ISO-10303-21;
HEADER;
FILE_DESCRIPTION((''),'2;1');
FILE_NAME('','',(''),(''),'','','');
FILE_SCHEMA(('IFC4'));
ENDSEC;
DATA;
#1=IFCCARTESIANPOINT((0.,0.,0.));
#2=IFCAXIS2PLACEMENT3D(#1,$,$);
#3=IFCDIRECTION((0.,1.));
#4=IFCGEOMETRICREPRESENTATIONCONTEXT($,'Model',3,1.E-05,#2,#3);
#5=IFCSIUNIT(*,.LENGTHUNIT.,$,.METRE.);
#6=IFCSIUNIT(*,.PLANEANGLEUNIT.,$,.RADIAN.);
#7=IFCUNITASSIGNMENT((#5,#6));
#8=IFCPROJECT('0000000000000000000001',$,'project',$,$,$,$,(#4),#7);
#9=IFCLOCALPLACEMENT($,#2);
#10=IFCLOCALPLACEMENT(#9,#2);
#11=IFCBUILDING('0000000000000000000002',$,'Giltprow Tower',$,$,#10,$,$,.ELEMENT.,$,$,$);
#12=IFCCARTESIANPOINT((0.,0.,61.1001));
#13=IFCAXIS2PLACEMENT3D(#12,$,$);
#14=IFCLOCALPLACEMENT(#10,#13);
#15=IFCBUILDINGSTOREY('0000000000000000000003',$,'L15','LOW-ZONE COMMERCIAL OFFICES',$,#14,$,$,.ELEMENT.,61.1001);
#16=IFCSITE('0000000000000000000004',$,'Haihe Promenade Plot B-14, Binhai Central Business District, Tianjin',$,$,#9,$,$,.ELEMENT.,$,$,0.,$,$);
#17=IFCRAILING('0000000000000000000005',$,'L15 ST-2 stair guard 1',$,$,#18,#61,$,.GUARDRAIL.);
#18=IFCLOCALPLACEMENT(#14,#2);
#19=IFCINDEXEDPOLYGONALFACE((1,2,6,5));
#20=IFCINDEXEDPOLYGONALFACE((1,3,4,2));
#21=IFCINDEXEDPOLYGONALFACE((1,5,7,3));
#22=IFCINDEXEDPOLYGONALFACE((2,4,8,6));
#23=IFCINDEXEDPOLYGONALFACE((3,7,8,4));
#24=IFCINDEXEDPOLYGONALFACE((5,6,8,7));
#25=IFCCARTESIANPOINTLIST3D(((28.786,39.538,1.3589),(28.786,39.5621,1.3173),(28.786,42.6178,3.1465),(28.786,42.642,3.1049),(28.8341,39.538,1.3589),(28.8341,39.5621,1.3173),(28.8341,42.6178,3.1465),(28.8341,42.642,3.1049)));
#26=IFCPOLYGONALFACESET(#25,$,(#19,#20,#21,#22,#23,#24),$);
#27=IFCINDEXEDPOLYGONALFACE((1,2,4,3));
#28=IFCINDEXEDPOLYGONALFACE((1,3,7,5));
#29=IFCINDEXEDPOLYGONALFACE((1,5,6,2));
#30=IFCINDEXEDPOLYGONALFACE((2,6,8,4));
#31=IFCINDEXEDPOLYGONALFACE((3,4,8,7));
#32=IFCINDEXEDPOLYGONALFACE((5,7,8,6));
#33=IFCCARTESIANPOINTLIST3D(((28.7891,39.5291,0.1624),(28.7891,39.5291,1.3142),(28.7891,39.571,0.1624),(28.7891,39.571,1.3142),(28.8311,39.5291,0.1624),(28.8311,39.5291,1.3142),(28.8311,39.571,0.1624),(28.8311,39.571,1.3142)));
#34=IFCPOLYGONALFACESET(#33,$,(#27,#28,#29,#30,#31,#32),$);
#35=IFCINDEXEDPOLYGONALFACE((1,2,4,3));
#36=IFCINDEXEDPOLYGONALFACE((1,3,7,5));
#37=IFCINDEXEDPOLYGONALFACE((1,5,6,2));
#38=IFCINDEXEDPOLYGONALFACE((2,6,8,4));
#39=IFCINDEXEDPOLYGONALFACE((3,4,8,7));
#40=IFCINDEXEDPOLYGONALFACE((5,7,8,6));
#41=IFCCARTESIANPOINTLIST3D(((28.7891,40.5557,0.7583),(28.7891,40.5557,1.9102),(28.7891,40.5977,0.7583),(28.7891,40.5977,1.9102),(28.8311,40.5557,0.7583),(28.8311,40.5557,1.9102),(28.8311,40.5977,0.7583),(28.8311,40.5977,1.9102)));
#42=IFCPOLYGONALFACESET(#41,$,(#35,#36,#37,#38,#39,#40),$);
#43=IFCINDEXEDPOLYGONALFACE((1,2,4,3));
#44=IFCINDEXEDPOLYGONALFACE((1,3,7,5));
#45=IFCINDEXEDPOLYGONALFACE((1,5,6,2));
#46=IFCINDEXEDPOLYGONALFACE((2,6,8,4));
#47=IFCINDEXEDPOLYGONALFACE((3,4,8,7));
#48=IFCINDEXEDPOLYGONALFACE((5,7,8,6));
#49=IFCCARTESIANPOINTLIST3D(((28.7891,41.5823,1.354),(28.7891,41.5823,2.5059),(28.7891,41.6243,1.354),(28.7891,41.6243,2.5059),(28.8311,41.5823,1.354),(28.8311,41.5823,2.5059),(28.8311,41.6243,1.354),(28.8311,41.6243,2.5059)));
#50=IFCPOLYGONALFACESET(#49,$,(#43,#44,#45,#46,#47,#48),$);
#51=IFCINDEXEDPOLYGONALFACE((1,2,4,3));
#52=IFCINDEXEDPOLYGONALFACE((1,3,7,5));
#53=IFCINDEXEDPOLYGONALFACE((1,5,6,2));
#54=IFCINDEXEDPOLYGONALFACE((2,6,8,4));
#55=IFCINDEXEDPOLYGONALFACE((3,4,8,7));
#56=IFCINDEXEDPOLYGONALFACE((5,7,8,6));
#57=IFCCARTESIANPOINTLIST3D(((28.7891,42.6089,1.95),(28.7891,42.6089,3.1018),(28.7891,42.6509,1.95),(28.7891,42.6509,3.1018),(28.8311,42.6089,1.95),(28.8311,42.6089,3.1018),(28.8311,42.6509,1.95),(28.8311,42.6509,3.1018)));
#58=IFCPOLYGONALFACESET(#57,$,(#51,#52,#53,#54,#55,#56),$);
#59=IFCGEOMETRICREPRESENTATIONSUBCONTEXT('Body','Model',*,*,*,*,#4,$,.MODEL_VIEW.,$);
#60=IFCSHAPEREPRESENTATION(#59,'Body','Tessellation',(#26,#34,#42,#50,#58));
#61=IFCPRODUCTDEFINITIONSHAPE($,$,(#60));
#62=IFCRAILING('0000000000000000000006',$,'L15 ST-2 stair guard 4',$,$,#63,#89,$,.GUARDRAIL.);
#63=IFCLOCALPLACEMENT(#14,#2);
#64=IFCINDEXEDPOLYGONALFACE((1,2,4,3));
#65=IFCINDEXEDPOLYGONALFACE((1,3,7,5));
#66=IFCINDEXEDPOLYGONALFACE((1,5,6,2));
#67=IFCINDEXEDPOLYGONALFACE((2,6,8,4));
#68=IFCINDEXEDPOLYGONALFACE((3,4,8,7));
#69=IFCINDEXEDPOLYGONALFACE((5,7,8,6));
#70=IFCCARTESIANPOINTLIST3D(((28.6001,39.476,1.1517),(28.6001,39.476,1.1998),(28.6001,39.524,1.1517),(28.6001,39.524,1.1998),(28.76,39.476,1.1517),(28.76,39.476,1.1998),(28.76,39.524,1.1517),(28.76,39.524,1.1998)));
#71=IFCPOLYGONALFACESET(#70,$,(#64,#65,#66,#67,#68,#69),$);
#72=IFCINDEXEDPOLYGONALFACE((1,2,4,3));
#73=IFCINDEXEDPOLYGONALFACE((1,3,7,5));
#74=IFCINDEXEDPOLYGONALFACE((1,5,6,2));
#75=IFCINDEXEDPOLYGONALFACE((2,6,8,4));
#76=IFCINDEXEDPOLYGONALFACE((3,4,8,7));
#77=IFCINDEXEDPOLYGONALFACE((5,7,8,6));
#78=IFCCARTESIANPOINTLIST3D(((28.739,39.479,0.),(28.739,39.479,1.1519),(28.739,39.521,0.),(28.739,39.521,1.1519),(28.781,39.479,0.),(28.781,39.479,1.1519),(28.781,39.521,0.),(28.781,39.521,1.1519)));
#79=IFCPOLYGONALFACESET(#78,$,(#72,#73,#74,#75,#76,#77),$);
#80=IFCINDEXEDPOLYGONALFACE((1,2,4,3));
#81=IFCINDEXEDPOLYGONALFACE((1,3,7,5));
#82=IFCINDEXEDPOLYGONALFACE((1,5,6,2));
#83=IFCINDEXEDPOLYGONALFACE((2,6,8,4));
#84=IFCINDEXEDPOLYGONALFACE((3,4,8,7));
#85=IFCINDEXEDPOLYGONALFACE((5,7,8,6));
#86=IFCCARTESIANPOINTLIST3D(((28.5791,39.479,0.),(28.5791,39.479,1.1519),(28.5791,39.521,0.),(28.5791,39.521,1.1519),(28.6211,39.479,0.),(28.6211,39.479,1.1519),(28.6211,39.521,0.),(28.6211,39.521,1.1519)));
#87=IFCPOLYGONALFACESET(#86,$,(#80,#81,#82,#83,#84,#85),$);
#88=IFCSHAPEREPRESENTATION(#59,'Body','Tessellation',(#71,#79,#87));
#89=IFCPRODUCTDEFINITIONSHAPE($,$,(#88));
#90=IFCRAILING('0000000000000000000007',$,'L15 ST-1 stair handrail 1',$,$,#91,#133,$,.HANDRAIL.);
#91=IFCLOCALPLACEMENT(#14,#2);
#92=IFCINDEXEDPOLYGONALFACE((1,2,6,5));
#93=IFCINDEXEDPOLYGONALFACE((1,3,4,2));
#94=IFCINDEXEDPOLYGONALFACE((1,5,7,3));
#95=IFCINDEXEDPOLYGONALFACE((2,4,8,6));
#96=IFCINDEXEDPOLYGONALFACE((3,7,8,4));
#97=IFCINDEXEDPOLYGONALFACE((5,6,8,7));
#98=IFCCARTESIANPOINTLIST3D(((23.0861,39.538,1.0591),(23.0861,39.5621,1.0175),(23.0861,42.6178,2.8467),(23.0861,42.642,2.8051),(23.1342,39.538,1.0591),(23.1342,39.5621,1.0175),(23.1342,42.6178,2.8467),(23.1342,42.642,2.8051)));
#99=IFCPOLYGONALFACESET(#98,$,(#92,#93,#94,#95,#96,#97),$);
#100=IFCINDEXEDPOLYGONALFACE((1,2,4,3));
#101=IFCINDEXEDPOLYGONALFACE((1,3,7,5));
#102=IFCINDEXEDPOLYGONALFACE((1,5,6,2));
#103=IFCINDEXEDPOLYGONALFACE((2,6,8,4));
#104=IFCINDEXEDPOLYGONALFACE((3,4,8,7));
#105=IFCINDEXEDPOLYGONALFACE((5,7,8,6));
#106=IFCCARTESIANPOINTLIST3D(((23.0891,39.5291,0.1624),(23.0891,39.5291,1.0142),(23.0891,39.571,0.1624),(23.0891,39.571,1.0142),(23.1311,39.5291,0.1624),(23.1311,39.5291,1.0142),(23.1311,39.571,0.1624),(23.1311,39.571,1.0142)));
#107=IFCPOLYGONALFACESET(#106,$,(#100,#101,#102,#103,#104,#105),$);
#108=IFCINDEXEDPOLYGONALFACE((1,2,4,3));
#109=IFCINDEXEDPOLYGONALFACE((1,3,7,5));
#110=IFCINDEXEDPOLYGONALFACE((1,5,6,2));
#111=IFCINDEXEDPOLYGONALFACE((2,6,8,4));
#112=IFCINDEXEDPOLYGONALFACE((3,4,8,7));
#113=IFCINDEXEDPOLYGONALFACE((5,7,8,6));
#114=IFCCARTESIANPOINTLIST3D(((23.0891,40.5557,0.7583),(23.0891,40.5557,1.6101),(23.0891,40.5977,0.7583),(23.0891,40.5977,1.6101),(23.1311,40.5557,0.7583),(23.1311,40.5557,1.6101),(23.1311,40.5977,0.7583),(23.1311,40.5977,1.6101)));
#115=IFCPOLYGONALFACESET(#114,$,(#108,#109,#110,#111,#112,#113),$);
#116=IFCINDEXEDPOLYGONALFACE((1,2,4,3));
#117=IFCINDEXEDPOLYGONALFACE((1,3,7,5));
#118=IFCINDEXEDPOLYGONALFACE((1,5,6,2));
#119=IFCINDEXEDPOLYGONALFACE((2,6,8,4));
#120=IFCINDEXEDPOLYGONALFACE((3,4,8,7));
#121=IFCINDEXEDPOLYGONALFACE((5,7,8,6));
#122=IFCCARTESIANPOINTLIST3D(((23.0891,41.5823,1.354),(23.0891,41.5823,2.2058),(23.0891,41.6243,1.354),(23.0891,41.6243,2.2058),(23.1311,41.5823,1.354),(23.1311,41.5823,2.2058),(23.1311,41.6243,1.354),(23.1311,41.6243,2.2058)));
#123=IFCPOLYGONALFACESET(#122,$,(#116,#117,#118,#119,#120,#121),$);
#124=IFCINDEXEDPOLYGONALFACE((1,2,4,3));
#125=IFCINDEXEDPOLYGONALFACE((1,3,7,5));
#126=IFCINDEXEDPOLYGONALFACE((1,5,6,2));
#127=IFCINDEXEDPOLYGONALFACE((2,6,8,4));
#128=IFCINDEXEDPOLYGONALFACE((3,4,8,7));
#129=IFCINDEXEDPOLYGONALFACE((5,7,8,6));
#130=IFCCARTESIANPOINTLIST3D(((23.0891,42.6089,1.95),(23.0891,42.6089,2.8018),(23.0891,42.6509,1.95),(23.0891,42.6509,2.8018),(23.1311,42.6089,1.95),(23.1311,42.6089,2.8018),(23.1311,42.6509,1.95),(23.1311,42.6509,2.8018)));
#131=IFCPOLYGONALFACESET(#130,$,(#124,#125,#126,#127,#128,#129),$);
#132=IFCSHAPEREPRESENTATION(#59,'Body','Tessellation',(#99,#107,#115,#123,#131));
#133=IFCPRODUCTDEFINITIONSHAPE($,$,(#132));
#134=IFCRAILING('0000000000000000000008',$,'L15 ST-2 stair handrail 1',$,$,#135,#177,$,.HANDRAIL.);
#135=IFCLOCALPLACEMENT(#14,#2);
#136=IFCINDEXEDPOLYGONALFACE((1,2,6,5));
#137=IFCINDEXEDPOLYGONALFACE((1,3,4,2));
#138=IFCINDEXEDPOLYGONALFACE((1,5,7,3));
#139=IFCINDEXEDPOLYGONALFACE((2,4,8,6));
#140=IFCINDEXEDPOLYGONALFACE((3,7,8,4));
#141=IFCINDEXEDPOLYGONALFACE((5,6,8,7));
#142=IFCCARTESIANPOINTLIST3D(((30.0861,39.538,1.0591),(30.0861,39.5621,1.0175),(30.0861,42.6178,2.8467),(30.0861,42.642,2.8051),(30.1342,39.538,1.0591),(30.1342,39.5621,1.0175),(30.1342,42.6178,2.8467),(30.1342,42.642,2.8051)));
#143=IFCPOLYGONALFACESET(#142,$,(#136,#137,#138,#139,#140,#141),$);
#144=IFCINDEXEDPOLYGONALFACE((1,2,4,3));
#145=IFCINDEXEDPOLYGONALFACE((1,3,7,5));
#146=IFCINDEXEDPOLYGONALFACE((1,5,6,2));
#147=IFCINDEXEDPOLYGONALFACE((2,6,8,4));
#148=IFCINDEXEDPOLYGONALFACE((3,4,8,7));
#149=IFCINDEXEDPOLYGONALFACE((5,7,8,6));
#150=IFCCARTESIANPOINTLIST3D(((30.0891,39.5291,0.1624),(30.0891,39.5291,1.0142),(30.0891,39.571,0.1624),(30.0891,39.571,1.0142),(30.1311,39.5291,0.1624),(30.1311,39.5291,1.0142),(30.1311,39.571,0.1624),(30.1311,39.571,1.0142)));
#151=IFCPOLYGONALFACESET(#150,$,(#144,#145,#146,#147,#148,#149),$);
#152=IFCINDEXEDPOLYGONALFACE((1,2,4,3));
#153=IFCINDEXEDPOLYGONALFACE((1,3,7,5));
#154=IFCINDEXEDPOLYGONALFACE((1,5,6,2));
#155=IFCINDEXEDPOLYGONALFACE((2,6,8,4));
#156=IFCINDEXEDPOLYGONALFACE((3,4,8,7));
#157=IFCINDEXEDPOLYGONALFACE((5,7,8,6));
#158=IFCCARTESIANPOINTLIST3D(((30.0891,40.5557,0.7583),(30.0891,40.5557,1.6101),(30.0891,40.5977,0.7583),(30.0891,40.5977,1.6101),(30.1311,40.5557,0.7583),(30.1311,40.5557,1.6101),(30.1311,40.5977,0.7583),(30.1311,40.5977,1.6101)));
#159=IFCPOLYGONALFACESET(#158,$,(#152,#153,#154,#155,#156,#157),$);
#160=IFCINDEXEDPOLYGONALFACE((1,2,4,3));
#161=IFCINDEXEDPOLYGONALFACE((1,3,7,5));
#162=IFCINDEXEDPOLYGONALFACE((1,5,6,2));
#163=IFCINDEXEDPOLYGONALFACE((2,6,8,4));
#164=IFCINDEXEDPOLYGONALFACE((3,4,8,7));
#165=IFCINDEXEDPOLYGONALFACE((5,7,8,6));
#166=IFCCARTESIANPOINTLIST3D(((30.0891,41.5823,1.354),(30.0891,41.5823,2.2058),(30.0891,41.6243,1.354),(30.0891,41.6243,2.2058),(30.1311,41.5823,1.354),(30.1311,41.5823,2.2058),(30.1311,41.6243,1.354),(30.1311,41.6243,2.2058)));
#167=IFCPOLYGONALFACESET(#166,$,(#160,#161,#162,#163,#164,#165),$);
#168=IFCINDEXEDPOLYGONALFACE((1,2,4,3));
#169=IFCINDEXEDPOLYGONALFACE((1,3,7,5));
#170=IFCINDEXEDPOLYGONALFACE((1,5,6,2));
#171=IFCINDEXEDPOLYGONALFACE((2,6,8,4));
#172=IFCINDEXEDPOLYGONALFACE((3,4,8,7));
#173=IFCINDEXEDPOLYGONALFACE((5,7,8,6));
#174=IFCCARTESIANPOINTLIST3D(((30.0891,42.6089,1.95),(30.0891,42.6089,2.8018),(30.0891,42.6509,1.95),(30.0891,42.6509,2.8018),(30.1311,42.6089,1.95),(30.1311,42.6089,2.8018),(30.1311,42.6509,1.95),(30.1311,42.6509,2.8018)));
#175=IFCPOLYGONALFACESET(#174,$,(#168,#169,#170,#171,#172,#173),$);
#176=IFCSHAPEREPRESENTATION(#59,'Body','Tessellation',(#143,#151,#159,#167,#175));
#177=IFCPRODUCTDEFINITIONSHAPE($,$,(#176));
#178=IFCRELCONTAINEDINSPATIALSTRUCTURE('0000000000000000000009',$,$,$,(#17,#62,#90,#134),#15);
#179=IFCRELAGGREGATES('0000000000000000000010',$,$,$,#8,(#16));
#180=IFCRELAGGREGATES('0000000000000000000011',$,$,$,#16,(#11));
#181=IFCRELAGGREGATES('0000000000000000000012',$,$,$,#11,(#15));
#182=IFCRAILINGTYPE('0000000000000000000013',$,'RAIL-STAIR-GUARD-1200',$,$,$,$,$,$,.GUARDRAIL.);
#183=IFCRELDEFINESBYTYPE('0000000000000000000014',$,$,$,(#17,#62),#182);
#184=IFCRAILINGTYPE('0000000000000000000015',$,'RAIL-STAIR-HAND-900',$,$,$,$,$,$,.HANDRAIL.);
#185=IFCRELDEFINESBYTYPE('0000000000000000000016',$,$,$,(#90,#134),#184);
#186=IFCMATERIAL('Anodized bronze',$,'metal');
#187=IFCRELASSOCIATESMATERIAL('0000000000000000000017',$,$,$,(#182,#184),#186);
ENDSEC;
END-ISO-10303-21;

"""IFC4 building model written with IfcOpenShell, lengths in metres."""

from ifc_helpers import new_model, si_unit, direction, frame, origin, origin_2d, place, context, subcontext, project, spatial, rectangle, extrude, material, type_object, element, save


model = new_model("IFC4")

# Units and contexts
model_context = context("Model", 3, precision=1e-05, world=origin(), true_north=direction((0.0, 1.0)))
body_context = subcontext(model_context, "Body", "Model", "MODEL_VIEW")
ifc_project = project(units=[si_unit("LENGTHUNIT", "METRE"), si_unit("PLANEANGLEUNIT", "RADIAN")], contexts=[model_context])

# Site, building, storey
site_placement = place(None, origin())
site = spatial("IfcSite", under=ifc_project, at=site_placement, Name="Haihe Promenade Plot B-14, Binhai Central Business District, Tianjin", CompositionType="ELEMENT", RefElevation=0.0)
building_placement = place(site_placement, origin())
building = spatial("IfcBuilding", under=site, at=building_placement, Name="Giltprow Tower", CompositionType="ELEMENT")
storey_placement = place(building_placement, frame((0.0, 0.0, 61.1001)))
storey = spatial("IfcBuildingStorey", under=building, at=storey_placement, Name="L15", Description="LOW-ZONE COMMERCIAL OFFICES", CompositionType="ELEMENT", Elevation=61.1001)

# Railings
ifc_material_1 = material(Name="Anodized bronze", Category="metal")
railing_type_1 = type_object("IfcRailingType", Name="RAIL-STAIR-GUARD-1200", PredefinedType="GUARDRAIL", material=ifc_material_1)
railing_1_placement = place(storey_placement, frame((28.8101, 39.55, 0.1624)))
element("IfcRailing", 1, at=railing_1_placement, inside=storey, type_object=railing_type_1, Name="L15 ST-2 stair guard 1", PredefinedType="GUARDRAIL", context=body_context, shape_type="SweptSolid", body=[
    extrude(rectangle(XDim=0.0481, YDim=0.0481, at=origin_2d()), frame((0.0, 0.0, 1.1758), z_axis=(0.0, 0.864873, 0.50199), x_axis=(-1.0, 0.0, 0.0)), (0.0, 0.0, 1.0), 3.561),
    extrude(rectangle(XDim=0.042, YDim=0.042, at=origin_2d()), origin(), (0.0, 0.0, 1.0), 1.1519),
    extrude(rectangle(XDim=0.042, YDim=0.042, at=origin_2d()), frame((0.0, 1.0266, 0.5959)), (0.0, 0.0, 1.0), 1.1519),
    extrude(rectangle(XDim=0.042, YDim=0.042, at=origin_2d()), frame((0.0, 2.0532, 1.1917)), (0.0, 0.0, 1.0), 1.1519),
    extrude(rectangle(XDim=0.042, YDim=0.042, at=origin_2d()), frame((0.0, 3.0798, 1.7876)), (0.0, 0.0, 1.0), 1.1519),
])
railing_2_placement = place(storey_placement, frame((28.76, 39.5, 0.0)))
element("IfcRailing", 2, at=railing_2_placement, inside=storey, type_object=railing_type_1, Name="L15 ST-2 stair guard 4", PredefinedType="GUARDRAIL", context=body_context, shape_type="SweptSolid", body=[
    extrude(rectangle(XDim=0.0481, YDim=0.0481, at=origin_2d()), frame((0.0, 0.0, 1.1758), z_axis=(-1.0, 0.0, 0.0), x_axis=(0.0, -1.0, 0.0)), (0.0, 0.0, 1.0), 0.1599),
    extrude(rectangle(XDim=0.042, YDim=0.042, at=origin_2d()), origin(), (0.0, 0.0, 1.0), 1.1519),
    extrude(rectangle(XDim=0.042, YDim=0.042, at=origin_2d()), frame((-0.1599, 0.0, 0.0)), (0.0, 0.0, 1.0), 1.1519),
])
railing_type_2 = type_object("IfcRailingType", Name="RAIL-STAIR-HAND-900", PredefinedType="HANDRAIL", material=ifc_material_1)
for number, where, name in (
    (3, (23.1101, 39.55, 0.1624), "L15 ST-1 stair handrail 1"),
    (4, (30.1101, 39.55, 0.1624), "L15 ST-2 stair handrail 1"),
):
    element("IfcRailing", number, at=place(storey_placement, frame(where)), inside=storey, type_object=railing_type_2, Name=name, PredefinedType="HANDRAIL", context=body_context, shape_type="SweptSolid", body=[
        extrude(rectangle(XDim=0.0481, YDim=0.0481, at=origin_2d()), frame((0.0, 0.0, 0.876), z_axis=(0.0, 0.864873, 0.50199), x_axis=(-1.0, 0.0, 0.0)), (0.0, 0.0, 1.0), 3.561),
        extrude(rectangle(XDim=0.042, YDim=0.042, at=origin_2d()), origin(), (0.0, 0.0, 1.0), 0.8518),
        extrude(rectangle(XDim=0.042, YDim=0.042, at=origin_2d()), frame((0.0, 1.0266, 0.5959)), (0.0, 0.0, 1.0), 0.8518),
        extrude(rectangle(XDim=0.042, YDim=0.042, at=origin_2d()), frame((0.0, 2.0532, 1.1917)), (0.0, 0.0, 1.0), 0.8518),
        extrude(rectangle(XDim=0.042, YDim=0.042, at=origin_2d()), frame((0.0, 3.0798, 1.7876)), (0.0, 0.0, 1.0), 0.8518),
    ])

save(model, "model.ifc")
